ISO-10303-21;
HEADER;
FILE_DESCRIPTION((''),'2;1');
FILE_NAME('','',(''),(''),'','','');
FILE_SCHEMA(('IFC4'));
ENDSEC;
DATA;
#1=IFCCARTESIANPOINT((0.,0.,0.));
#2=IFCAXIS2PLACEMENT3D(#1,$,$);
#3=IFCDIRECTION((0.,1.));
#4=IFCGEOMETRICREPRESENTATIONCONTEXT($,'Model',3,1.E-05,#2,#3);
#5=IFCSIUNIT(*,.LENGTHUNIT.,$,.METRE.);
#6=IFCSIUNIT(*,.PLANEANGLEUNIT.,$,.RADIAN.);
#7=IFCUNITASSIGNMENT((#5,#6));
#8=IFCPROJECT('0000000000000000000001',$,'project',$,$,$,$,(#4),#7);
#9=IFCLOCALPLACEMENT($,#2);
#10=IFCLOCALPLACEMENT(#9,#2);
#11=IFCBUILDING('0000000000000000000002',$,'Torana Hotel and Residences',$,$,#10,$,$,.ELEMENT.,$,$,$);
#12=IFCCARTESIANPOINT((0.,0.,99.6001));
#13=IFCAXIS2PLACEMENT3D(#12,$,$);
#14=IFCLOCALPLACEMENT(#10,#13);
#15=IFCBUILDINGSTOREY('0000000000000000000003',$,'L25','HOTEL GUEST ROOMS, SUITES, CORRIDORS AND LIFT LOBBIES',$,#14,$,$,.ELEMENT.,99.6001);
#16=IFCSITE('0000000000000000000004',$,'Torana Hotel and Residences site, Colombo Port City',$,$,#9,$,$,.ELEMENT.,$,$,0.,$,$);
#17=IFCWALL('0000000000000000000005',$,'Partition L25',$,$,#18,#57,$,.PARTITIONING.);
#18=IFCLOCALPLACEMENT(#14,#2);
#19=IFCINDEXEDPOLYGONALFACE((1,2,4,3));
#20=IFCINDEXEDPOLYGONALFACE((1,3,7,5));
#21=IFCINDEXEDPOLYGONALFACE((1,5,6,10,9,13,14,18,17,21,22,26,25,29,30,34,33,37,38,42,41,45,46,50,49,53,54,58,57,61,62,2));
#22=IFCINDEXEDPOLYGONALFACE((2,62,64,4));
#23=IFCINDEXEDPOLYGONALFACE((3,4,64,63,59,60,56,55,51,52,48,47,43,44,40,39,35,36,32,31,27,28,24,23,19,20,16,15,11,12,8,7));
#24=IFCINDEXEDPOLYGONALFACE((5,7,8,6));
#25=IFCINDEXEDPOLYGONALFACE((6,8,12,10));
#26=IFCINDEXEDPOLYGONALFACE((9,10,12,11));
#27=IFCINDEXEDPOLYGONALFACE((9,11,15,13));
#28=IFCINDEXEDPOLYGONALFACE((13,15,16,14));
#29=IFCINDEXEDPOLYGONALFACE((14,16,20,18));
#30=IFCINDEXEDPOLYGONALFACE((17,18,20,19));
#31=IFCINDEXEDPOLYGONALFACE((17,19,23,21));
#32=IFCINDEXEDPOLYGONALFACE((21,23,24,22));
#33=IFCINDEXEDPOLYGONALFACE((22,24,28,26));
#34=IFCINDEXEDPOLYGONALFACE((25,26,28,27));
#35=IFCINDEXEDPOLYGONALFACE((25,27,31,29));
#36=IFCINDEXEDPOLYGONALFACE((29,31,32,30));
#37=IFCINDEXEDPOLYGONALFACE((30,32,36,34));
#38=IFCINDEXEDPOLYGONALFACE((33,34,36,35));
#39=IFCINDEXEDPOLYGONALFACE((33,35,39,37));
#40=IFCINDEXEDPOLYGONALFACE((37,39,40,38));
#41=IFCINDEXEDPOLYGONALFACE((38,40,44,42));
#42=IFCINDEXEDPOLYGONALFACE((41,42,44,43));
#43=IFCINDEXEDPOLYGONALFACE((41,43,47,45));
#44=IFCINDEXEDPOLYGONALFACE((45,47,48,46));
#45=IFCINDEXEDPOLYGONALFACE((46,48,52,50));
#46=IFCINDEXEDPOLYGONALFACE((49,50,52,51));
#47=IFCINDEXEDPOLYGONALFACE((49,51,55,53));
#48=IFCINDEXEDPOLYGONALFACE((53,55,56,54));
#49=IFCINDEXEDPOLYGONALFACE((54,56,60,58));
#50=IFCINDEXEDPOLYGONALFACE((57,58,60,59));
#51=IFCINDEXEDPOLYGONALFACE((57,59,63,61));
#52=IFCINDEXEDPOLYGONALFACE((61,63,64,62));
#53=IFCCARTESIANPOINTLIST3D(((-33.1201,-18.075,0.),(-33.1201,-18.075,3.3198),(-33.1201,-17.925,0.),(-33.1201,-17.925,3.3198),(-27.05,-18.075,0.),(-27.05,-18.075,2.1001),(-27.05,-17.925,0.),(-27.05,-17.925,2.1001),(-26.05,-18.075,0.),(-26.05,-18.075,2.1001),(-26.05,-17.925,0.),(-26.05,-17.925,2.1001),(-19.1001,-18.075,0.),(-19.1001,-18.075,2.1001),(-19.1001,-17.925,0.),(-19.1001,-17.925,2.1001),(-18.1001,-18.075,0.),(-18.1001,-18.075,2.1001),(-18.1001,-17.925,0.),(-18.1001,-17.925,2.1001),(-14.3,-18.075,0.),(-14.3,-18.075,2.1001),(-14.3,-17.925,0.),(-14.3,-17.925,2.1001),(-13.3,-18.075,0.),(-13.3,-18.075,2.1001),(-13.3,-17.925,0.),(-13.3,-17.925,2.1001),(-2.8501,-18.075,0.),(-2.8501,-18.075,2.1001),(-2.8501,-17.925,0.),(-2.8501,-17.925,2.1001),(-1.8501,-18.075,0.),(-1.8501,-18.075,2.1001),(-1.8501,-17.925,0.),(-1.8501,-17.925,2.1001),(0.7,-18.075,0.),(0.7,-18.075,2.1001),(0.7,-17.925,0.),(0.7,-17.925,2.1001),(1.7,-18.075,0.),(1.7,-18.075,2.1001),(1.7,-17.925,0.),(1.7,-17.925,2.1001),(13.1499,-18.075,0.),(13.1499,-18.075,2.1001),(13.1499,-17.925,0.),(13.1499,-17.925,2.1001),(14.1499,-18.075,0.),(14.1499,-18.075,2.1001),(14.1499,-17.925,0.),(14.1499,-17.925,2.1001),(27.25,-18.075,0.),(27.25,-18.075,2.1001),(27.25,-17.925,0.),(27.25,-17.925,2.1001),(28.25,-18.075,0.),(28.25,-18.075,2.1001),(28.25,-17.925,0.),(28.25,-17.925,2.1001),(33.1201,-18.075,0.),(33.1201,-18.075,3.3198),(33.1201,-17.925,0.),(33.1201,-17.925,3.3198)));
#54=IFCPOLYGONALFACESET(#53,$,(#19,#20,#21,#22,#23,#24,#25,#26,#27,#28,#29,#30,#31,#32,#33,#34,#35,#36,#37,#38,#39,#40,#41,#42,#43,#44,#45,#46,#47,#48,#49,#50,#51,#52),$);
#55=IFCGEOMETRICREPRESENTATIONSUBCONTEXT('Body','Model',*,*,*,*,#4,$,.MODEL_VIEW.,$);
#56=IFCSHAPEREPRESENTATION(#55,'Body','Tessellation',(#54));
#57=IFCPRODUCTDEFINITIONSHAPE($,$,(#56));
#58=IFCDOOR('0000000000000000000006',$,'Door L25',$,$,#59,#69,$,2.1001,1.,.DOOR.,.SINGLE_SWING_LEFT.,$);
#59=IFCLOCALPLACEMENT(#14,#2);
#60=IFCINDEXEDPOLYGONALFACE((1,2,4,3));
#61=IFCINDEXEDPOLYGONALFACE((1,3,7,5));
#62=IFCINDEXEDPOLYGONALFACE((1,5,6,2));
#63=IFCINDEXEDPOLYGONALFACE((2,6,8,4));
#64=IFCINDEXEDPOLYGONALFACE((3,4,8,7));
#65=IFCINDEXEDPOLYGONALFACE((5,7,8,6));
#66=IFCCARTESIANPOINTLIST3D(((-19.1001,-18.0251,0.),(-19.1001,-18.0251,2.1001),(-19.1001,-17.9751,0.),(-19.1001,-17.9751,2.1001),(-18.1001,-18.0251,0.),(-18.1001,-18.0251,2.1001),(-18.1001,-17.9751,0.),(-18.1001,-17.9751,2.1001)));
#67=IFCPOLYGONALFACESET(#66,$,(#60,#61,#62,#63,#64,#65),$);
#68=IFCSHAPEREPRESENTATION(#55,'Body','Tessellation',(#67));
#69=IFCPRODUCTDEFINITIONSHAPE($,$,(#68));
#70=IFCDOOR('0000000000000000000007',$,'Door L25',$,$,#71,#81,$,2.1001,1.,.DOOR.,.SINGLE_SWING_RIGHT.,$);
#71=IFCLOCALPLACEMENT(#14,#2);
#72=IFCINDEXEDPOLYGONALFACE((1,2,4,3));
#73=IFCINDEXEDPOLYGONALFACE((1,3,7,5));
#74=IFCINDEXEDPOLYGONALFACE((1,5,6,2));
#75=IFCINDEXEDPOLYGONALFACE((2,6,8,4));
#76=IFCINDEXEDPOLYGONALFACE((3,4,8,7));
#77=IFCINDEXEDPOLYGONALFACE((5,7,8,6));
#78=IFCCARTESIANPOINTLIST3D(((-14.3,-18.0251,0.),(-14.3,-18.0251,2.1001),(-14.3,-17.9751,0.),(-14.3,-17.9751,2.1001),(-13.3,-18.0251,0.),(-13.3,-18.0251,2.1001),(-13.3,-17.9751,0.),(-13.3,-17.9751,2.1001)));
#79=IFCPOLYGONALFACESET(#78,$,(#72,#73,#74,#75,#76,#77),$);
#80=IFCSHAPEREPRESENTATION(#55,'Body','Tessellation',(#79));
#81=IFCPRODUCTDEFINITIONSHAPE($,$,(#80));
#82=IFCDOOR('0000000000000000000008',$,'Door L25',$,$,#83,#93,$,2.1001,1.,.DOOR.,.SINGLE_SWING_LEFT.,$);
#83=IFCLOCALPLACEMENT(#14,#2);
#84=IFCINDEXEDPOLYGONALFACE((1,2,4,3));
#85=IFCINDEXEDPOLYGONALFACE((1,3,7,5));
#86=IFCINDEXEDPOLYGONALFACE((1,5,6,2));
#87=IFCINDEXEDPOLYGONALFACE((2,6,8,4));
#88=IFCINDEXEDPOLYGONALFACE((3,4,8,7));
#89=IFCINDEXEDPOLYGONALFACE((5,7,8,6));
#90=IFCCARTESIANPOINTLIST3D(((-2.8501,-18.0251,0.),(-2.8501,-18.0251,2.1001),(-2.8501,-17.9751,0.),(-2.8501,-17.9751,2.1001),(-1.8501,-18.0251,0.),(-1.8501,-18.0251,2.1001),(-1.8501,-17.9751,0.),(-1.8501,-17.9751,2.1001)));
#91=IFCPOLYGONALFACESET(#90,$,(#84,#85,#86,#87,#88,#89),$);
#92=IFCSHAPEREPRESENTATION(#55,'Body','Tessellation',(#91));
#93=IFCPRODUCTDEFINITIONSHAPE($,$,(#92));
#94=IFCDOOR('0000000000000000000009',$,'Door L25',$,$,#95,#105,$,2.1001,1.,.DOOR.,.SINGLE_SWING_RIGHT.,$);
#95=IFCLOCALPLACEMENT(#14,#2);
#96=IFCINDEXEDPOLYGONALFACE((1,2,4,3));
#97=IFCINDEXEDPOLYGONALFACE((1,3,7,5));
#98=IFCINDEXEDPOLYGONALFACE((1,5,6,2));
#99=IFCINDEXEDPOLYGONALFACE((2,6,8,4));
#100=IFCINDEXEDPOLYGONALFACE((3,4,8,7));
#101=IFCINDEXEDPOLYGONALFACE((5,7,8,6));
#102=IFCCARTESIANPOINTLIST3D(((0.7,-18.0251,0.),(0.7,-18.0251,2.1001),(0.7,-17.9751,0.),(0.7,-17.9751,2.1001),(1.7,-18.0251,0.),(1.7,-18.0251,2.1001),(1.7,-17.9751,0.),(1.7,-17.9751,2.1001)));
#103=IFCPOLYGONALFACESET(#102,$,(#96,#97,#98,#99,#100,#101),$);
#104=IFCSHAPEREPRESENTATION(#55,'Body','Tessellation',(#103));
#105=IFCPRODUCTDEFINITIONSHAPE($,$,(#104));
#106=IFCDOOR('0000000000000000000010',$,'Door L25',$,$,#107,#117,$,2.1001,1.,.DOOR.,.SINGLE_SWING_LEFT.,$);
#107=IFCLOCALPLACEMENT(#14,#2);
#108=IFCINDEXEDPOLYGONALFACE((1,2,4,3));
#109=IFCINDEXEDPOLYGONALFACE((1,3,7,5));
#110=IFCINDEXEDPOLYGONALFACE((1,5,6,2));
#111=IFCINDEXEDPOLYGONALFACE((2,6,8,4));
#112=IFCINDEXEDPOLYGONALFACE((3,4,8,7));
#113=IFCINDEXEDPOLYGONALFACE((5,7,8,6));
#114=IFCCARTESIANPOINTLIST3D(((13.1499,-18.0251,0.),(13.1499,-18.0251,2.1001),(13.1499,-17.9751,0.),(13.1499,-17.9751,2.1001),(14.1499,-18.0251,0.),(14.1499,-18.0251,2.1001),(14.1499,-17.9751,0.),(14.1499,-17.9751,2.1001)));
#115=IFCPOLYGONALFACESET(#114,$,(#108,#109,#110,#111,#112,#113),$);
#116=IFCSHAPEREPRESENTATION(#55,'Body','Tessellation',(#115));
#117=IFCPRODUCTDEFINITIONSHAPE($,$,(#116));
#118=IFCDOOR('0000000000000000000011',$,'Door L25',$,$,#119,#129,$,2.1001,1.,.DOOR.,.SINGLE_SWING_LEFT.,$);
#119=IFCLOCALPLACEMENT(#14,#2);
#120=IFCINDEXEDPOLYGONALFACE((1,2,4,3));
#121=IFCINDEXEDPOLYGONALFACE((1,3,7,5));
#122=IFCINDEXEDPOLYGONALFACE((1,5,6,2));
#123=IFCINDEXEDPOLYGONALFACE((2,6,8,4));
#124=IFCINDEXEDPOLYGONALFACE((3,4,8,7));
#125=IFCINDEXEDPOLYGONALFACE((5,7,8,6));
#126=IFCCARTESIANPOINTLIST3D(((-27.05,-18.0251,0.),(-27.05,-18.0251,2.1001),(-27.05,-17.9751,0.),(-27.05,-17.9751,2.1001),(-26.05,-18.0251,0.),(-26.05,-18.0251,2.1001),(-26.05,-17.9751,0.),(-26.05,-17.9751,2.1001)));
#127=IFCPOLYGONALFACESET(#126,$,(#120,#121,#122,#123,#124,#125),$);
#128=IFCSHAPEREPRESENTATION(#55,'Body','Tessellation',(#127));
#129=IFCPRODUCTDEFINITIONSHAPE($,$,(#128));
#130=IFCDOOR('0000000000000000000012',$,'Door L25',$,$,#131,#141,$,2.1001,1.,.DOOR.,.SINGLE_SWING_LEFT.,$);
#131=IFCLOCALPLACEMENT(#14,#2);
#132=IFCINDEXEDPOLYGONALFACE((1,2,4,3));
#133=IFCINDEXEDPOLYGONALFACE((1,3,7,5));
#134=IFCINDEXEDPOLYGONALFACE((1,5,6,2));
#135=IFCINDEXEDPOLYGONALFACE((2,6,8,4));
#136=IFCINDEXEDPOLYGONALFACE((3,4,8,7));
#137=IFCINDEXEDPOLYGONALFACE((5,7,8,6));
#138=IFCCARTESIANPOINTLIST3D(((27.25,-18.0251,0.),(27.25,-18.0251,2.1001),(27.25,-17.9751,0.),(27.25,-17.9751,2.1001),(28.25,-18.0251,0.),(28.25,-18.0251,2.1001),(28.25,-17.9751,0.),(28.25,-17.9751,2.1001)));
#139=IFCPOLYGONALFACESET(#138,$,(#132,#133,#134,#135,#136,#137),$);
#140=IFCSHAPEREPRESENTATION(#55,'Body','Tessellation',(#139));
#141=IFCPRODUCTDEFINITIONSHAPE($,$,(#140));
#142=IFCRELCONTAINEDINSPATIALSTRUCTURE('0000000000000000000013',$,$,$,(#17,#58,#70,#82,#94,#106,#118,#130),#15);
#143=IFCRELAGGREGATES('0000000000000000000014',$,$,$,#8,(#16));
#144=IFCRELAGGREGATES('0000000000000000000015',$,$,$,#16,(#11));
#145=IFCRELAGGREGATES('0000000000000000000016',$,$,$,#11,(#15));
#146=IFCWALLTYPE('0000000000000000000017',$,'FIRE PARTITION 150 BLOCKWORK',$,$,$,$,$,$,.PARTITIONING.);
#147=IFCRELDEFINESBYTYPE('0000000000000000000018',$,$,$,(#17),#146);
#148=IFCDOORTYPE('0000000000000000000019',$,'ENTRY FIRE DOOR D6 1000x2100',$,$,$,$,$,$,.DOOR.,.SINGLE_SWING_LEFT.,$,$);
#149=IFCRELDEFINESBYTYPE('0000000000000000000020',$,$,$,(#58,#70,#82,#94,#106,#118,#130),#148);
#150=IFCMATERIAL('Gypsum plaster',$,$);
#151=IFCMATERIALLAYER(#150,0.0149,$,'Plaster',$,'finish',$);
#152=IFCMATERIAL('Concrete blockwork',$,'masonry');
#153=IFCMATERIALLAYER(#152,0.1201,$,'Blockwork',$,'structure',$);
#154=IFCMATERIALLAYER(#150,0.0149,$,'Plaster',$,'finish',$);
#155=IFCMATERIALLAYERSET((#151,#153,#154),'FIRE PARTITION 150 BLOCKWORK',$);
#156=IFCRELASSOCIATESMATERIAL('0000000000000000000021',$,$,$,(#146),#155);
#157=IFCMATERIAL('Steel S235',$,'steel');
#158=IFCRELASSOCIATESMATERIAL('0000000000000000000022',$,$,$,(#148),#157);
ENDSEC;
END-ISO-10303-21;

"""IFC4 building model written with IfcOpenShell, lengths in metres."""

from ifc_helpers import new_model, si_unit, direction, frame, frame_2d, origin, place, context, subcontext, project, spatial, rectangle, extrude, material, layer, layer_set, type_object, element, fill, save


model = new_model("IFC4")

# Units and contexts
model_context = context("Model", 3, precision=1e-05, world=origin(), true_north=direction((0.0, 1.0)))
body_context = subcontext(model_context, "Body", "Model", "MODEL_VIEW")
ifc_project = project(units=[si_unit("LENGTHUNIT", "METRE"), si_unit("PLANEANGLEUNIT", "RADIAN")], contexts=[model_context])

# Site, building, storey
site_placement = place(None, origin())
site = spatial("IfcSite", under=ifc_project, at=site_placement, Name="Torana Hotel and Residences site, Colombo Port City", CompositionType="ELEMENT", RefElevation=0.0)
building_placement = place(site_placement, origin())
building = spatial("IfcBuilding", under=site, at=building_placement, Name="Torana Hotel and Residences", CompositionType="ELEMENT")
storey_placement = place(building_placement, frame((0.0, 0.0, 99.6001)))
storey = spatial("IfcBuildingStorey", under=building, at=storey_placement, Name="L25", Description="HOTEL GUEST ROOMS, SUITES, CORRIDORS AND LIFT LOBBIES", CompositionType="ELEMENT", Elevation=99.6001)

# Wall, openings, doors
ifc_material_1 = material(Name="Gypsum plaster")
ifc_layer_1 = layer(ifc_material_1, 0.0149, Name="Plaster", Category="finish")
ifc_material_2 = material(Name="Concrete blockwork", Category="masonry")
ifc_layer_2 = layer(ifc_material_2, 0.1201, Name="Blockwork", Category="structure")
ifc_layer_3 = layer(ifc_material_1, 0.0149, Name="Plaster", Category="finish")
ifc_layer_set_1 = layer_set([ifc_layer_1, ifc_layer_2, ifc_layer_3], Name="FIRE PARTITION 150 BLOCKWORK")
wall_type_1 = type_object("IfcWallType", Name="FIRE PARTITION 150 BLOCKWORK", PredefinedType="PARTITIONING", material=ifc_layer_set_1)
wall_1_placement = place(storey_placement, frame((-33.1201, -18.0, 0.0), z_axis=(0.0, 0.0, 1.0), x_axis=(1.0, 0.0, 0.0)))
wall_1 = element("IfcWall", 1, at=wall_1_placement, inside=storey, type_object=wall_type_1, Name="Partition L25", PredefinedType="PARTITIONING", context=body_context, shape_type="SweptSolid", body=[
    extrude(rectangle(XDim=66.2402, YDim=0.1499, at=frame_2d((33.1201, 0.0))), origin(), (0.0, 0.0, 1.0), 3.3198),
])
opening_1_placement = place(wall_1_placement, frame((14.02, 0.0, 0.0)))
opening_1 = element("IfcOpeningElement", 2, at=opening_1_placement, cuts=wall_1, PredefinedType="OPENING", context=body_context, shape_type="SweptSolid", body=[
    extrude(rectangle(XDim=1.0, YDim=2.1001, at=frame_2d((0.5, 1.05))), frame((0.0, 0.085, 0.0), z_axis=(0.0, -1.0, 0.0), x_axis=(1.0, 0.0, 0.0)), (0.0, 0.0, 1.0), 0.1699),
])
opening_2_placement = place(wall_1_placement, frame((18.8201, 0.0, 0.0)))
opening_2 = element("IfcOpeningElement", 3, at=opening_2_placement, cuts=wall_1, PredefinedType="OPENING", context=body_context, shape_type="SweptSolid", body=[
    extrude(rectangle(XDim=1.0, YDim=2.1001, at=frame_2d((0.5, 1.05))), frame((0.0, 0.085, 0.0), z_axis=(0.0, -1.0, 0.0), x_axis=(1.0, 0.0, 0.0)), (0.0, 0.0, 1.0), 0.1699),
])
opening_3_placement = place(wall_1_placement, frame((30.27, 0.0, 0.0)))
opening_3 = element("IfcOpeningElement", 4, at=opening_3_placement, cuts=wall_1, PredefinedType="OPENING", context=body_context, shape_type="SweptSolid", body=[
    extrude(rectangle(XDim=1.0, YDim=2.1001, at=frame_2d((0.5, 1.05))), frame((0.0, 0.085, 0.0), z_axis=(0.0, -1.0, 0.0), x_axis=(1.0, 0.0, 0.0)), (0.0, 0.0, 1.0), 0.1699),
])
opening_4_placement = place(wall_1_placement, frame((33.8201, 0.0, 0.0)))
opening_4 = element("IfcOpeningElement", 5, at=opening_4_placement, cuts=wall_1, PredefinedType="OPENING", context=body_context, shape_type="SweptSolid", body=[
    extrude(rectangle(XDim=1.0, YDim=2.1001, at=frame_2d((0.5, 1.05))), frame((0.0, 0.085, 0.0), z_axis=(0.0, -1.0, 0.0), x_axis=(1.0, 0.0, 0.0)), (0.0, 0.0, 1.0), 0.1699),
])
opening_5_placement = place(wall_1_placement, frame((46.27, 0.0, 0.0)))
opening_5 = element("IfcOpeningElement", 6, at=opening_5_placement, cuts=wall_1, PredefinedType="OPENING", context=body_context, shape_type="SweptSolid", body=[
    extrude(rectangle(XDim=1.0, YDim=2.1001, at=frame_2d((0.5, 1.05))), frame((0.0, 0.085, 0.0), z_axis=(0.0, -1.0, 0.0), x_axis=(1.0, 0.0, 0.0)), (0.0, 0.0, 1.0), 0.1699),
])
opening_6_placement = place(wall_1_placement, frame((6.0701, 0.0, 0.0)))
opening_6 = element("IfcOpeningElement", 7, at=opening_6_placement, cuts=wall_1, PredefinedType="OPENING", context=body_context, shape_type="SweptSolid", body=[
    extrude(rectangle(XDim=1.0, YDim=2.1001, at=frame_2d((0.5, 1.05))), frame((0.0, 0.085, 0.0), z_axis=(0.0, -1.0, 0.0), x_axis=(1.0, 0.0, 0.0)), (0.0, 0.0, 1.0), 0.1699),
])
opening_7_placement = place(wall_1_placement, frame((60.3701, 0.0, 0.0)))
opening_7 = element("IfcOpeningElement", 8, at=opening_7_placement, cuts=wall_1, PredefinedType="OPENING", context=body_context, shape_type="SweptSolid", body=[
    extrude(rectangle(XDim=1.0, YDim=2.1001, at=frame_2d((0.5, 1.05))), frame((0.0, 0.085, 0.0), z_axis=(0.0, -1.0, 0.0), x_axis=(1.0, 0.0, 0.0)), (0.0, 0.0, 1.0), 0.1699),
])
ifc_material_3 = material(Name="Steel S235", Category="steel")
door_type_1 = type_object("IfcDoorType", Name="ENTRY FIRE DOOR D6 1000x2100", OperationType="SINGLE_SWING_LEFT", PredefinedType="DOOR", material=ifc_material_3)
door_1_placement = place(opening_1_placement, frame((0.5, 0.0, 0.0), z_axis=(0.0, 0.0, 1.0), x_axis=(-1.0, 0.0, 0.0)))
door_1 = element("IfcDoor", 9, at=door_1_placement, inside=storey, type_object=door_type_1, Name="Door L25", OperationType="SINGLE_SWING_LEFT", OverallHeight=2.1001, OverallWidth=1.0, PredefinedType="DOOR", context=body_context, shape_type="SweptSolid", body=[
    extrude(rectangle(XDim=1.0, YDim=2.1001, at=frame_2d((0.0, 1.05))), frame((0.0, -0.0249, 0.0), z_axis=(0.0, 1.0, 0.0), x_axis=(-1.0, 0.0, 0.0)), (0.0, 0.0, 1.0), 0.05),
])
fill(opening_1, door_1)
door_2_placement = place(opening_2_placement, origin())
door_2 = element("IfcDoor", 10, at=door_2_placement, inside=storey, type_object=door_type_1, Name="Door L25", OperationType="SINGLE_SWING_RIGHT", OverallHeight=2.1001, OverallWidth=1.0, PredefinedType="DOOR", context=body_context, shape_type="SweptSolid", body=[
    extrude(rectangle(XDim=1.0, YDim=2.1001, at=frame_2d((0.5, 1.05))), frame((0.0, 0.0249, 0.0), z_axis=(0.0, -1.0, 0.0), x_axis=(1.0, 0.0, 0.0)), (0.0, 0.0, 1.0), 0.05),
])
fill(opening_2, door_2)
door_3_placement = place(opening_3_placement, frame((0.5, 0.0, 0.0), z_axis=(0.0, 0.0, 1.0), x_axis=(-1.0, 0.0, 0.0)))
door_3 = element("IfcDoor", 11, at=door_3_placement, inside=storey, type_object=door_type_1, Name="Door L25", OperationType="SINGLE_SWING_LEFT", OverallHeight=2.1001, OverallWidth=1.0, PredefinedType="DOOR", context=body_context, shape_type="SweptSolid", body=[
    extrude(rectangle(XDim=1.0, YDim=2.1001, at=frame_2d((0.0, 1.05))), frame((0.0, -0.0249, 0.0), z_axis=(0.0, 1.0, 0.0), x_axis=(-1.0, 0.0, 0.0)), (0.0, 0.0, 1.0), 0.05),
])
fill(opening_3, door_3)
door_4_placement = place(opening_4_placement, origin())
door_4 = element("IfcDoor", 12, at=door_4_placement, inside=storey, type_object=door_type_1, Name="Door L25", OperationType="SINGLE_SWING_RIGHT", OverallHeight=2.1001, OverallWidth=1.0, PredefinedType="DOOR", context=body_context, shape_type="SweptSolid", body=[
    extrude(rectangle(XDim=1.0, YDim=2.1001, at=frame_2d((0.5, 1.05))), frame((0.0, 0.0249, 0.0), z_axis=(0.0, -1.0, 0.0), x_axis=(1.0, 0.0, 0.0)), (0.0, 0.0, 1.0), 0.05),
])
fill(opening_4, door_4)
door_5_placement = place(opening_5_placement, frame((0.5, 0.0, 0.0), z_axis=(0.0, 0.0, 1.0), x_axis=(-1.0, 0.0, 0.0)))
door_5 = element("IfcDoor", 13, at=door_5_placement, inside=storey, type_object=door_type_1, Name="Door L25", OperationType="SINGLE_SWING_LEFT", OverallHeight=2.1001, OverallWidth=1.0, PredefinedType="DOOR", context=body_context, shape_type="SweptSolid", body=[
    extrude(rectangle(XDim=1.0, YDim=2.1001, at=frame_2d((0.0, 1.05))), frame((0.0, -0.0249, 0.0), z_axis=(0.0, 1.0, 0.0), x_axis=(-1.0, 0.0, 0.0)), (0.0, 0.0, 1.0), 0.05),
])
fill(opening_5, door_5)
door_6_placement = place(opening_6_placement, frame((0.5, 0.0, 0.0), z_axis=(0.0, 0.0, 1.0), x_axis=(-1.0, 0.0, 0.0)))
door_6 = element("IfcDoor", 14, at=door_6_placement, inside=storey, type_object=door_type_1, Name="Door L25", OperationType="SINGLE_SWING_LEFT", OverallHeight=2.1001, OverallWidth=1.0, PredefinedType="DOOR", context=body_context, shape_type="SweptSolid", body=[
    extrude(rectangle(XDim=1.0, YDim=2.1001, at=frame_2d((0.0, 1.05))), frame((0.0, -0.0249, 0.0), z_axis=(0.0, 1.0, 0.0), x_axis=(-1.0, 0.0, 0.0)), (0.0, 0.0, 1.0), 0.05),
])
fill(opening_6, door_6)
door_7_placement = place(opening_7_placement, frame((0.5, 0.0, 0.0), z_axis=(0.0, 0.0, 1.0), x_axis=(-1.0, 0.0, 0.0)))
door_7 = element("IfcDoor", 15, at=door_7_placement, inside=storey, type_object=door_type_1, Name="Door L25", OperationType="SINGLE_SWING_LEFT", OverallHeight=2.1001, OverallWidth=1.0, PredefinedType="DOOR", context=body_context, shape_type="SweptSolid", body=[
    extrude(rectangle(XDim=1.0, YDim=2.1001, at=frame_2d((0.0, 1.05))), frame((0.0, -0.0249, 0.0), z_axis=(0.0, 1.0, 0.0), x_axis=(-1.0, 0.0, 0.0)), (0.0, 0.0, 1.0), 0.05),
])
fill(opening_7, door_7)

save(model, "model.ifc")
